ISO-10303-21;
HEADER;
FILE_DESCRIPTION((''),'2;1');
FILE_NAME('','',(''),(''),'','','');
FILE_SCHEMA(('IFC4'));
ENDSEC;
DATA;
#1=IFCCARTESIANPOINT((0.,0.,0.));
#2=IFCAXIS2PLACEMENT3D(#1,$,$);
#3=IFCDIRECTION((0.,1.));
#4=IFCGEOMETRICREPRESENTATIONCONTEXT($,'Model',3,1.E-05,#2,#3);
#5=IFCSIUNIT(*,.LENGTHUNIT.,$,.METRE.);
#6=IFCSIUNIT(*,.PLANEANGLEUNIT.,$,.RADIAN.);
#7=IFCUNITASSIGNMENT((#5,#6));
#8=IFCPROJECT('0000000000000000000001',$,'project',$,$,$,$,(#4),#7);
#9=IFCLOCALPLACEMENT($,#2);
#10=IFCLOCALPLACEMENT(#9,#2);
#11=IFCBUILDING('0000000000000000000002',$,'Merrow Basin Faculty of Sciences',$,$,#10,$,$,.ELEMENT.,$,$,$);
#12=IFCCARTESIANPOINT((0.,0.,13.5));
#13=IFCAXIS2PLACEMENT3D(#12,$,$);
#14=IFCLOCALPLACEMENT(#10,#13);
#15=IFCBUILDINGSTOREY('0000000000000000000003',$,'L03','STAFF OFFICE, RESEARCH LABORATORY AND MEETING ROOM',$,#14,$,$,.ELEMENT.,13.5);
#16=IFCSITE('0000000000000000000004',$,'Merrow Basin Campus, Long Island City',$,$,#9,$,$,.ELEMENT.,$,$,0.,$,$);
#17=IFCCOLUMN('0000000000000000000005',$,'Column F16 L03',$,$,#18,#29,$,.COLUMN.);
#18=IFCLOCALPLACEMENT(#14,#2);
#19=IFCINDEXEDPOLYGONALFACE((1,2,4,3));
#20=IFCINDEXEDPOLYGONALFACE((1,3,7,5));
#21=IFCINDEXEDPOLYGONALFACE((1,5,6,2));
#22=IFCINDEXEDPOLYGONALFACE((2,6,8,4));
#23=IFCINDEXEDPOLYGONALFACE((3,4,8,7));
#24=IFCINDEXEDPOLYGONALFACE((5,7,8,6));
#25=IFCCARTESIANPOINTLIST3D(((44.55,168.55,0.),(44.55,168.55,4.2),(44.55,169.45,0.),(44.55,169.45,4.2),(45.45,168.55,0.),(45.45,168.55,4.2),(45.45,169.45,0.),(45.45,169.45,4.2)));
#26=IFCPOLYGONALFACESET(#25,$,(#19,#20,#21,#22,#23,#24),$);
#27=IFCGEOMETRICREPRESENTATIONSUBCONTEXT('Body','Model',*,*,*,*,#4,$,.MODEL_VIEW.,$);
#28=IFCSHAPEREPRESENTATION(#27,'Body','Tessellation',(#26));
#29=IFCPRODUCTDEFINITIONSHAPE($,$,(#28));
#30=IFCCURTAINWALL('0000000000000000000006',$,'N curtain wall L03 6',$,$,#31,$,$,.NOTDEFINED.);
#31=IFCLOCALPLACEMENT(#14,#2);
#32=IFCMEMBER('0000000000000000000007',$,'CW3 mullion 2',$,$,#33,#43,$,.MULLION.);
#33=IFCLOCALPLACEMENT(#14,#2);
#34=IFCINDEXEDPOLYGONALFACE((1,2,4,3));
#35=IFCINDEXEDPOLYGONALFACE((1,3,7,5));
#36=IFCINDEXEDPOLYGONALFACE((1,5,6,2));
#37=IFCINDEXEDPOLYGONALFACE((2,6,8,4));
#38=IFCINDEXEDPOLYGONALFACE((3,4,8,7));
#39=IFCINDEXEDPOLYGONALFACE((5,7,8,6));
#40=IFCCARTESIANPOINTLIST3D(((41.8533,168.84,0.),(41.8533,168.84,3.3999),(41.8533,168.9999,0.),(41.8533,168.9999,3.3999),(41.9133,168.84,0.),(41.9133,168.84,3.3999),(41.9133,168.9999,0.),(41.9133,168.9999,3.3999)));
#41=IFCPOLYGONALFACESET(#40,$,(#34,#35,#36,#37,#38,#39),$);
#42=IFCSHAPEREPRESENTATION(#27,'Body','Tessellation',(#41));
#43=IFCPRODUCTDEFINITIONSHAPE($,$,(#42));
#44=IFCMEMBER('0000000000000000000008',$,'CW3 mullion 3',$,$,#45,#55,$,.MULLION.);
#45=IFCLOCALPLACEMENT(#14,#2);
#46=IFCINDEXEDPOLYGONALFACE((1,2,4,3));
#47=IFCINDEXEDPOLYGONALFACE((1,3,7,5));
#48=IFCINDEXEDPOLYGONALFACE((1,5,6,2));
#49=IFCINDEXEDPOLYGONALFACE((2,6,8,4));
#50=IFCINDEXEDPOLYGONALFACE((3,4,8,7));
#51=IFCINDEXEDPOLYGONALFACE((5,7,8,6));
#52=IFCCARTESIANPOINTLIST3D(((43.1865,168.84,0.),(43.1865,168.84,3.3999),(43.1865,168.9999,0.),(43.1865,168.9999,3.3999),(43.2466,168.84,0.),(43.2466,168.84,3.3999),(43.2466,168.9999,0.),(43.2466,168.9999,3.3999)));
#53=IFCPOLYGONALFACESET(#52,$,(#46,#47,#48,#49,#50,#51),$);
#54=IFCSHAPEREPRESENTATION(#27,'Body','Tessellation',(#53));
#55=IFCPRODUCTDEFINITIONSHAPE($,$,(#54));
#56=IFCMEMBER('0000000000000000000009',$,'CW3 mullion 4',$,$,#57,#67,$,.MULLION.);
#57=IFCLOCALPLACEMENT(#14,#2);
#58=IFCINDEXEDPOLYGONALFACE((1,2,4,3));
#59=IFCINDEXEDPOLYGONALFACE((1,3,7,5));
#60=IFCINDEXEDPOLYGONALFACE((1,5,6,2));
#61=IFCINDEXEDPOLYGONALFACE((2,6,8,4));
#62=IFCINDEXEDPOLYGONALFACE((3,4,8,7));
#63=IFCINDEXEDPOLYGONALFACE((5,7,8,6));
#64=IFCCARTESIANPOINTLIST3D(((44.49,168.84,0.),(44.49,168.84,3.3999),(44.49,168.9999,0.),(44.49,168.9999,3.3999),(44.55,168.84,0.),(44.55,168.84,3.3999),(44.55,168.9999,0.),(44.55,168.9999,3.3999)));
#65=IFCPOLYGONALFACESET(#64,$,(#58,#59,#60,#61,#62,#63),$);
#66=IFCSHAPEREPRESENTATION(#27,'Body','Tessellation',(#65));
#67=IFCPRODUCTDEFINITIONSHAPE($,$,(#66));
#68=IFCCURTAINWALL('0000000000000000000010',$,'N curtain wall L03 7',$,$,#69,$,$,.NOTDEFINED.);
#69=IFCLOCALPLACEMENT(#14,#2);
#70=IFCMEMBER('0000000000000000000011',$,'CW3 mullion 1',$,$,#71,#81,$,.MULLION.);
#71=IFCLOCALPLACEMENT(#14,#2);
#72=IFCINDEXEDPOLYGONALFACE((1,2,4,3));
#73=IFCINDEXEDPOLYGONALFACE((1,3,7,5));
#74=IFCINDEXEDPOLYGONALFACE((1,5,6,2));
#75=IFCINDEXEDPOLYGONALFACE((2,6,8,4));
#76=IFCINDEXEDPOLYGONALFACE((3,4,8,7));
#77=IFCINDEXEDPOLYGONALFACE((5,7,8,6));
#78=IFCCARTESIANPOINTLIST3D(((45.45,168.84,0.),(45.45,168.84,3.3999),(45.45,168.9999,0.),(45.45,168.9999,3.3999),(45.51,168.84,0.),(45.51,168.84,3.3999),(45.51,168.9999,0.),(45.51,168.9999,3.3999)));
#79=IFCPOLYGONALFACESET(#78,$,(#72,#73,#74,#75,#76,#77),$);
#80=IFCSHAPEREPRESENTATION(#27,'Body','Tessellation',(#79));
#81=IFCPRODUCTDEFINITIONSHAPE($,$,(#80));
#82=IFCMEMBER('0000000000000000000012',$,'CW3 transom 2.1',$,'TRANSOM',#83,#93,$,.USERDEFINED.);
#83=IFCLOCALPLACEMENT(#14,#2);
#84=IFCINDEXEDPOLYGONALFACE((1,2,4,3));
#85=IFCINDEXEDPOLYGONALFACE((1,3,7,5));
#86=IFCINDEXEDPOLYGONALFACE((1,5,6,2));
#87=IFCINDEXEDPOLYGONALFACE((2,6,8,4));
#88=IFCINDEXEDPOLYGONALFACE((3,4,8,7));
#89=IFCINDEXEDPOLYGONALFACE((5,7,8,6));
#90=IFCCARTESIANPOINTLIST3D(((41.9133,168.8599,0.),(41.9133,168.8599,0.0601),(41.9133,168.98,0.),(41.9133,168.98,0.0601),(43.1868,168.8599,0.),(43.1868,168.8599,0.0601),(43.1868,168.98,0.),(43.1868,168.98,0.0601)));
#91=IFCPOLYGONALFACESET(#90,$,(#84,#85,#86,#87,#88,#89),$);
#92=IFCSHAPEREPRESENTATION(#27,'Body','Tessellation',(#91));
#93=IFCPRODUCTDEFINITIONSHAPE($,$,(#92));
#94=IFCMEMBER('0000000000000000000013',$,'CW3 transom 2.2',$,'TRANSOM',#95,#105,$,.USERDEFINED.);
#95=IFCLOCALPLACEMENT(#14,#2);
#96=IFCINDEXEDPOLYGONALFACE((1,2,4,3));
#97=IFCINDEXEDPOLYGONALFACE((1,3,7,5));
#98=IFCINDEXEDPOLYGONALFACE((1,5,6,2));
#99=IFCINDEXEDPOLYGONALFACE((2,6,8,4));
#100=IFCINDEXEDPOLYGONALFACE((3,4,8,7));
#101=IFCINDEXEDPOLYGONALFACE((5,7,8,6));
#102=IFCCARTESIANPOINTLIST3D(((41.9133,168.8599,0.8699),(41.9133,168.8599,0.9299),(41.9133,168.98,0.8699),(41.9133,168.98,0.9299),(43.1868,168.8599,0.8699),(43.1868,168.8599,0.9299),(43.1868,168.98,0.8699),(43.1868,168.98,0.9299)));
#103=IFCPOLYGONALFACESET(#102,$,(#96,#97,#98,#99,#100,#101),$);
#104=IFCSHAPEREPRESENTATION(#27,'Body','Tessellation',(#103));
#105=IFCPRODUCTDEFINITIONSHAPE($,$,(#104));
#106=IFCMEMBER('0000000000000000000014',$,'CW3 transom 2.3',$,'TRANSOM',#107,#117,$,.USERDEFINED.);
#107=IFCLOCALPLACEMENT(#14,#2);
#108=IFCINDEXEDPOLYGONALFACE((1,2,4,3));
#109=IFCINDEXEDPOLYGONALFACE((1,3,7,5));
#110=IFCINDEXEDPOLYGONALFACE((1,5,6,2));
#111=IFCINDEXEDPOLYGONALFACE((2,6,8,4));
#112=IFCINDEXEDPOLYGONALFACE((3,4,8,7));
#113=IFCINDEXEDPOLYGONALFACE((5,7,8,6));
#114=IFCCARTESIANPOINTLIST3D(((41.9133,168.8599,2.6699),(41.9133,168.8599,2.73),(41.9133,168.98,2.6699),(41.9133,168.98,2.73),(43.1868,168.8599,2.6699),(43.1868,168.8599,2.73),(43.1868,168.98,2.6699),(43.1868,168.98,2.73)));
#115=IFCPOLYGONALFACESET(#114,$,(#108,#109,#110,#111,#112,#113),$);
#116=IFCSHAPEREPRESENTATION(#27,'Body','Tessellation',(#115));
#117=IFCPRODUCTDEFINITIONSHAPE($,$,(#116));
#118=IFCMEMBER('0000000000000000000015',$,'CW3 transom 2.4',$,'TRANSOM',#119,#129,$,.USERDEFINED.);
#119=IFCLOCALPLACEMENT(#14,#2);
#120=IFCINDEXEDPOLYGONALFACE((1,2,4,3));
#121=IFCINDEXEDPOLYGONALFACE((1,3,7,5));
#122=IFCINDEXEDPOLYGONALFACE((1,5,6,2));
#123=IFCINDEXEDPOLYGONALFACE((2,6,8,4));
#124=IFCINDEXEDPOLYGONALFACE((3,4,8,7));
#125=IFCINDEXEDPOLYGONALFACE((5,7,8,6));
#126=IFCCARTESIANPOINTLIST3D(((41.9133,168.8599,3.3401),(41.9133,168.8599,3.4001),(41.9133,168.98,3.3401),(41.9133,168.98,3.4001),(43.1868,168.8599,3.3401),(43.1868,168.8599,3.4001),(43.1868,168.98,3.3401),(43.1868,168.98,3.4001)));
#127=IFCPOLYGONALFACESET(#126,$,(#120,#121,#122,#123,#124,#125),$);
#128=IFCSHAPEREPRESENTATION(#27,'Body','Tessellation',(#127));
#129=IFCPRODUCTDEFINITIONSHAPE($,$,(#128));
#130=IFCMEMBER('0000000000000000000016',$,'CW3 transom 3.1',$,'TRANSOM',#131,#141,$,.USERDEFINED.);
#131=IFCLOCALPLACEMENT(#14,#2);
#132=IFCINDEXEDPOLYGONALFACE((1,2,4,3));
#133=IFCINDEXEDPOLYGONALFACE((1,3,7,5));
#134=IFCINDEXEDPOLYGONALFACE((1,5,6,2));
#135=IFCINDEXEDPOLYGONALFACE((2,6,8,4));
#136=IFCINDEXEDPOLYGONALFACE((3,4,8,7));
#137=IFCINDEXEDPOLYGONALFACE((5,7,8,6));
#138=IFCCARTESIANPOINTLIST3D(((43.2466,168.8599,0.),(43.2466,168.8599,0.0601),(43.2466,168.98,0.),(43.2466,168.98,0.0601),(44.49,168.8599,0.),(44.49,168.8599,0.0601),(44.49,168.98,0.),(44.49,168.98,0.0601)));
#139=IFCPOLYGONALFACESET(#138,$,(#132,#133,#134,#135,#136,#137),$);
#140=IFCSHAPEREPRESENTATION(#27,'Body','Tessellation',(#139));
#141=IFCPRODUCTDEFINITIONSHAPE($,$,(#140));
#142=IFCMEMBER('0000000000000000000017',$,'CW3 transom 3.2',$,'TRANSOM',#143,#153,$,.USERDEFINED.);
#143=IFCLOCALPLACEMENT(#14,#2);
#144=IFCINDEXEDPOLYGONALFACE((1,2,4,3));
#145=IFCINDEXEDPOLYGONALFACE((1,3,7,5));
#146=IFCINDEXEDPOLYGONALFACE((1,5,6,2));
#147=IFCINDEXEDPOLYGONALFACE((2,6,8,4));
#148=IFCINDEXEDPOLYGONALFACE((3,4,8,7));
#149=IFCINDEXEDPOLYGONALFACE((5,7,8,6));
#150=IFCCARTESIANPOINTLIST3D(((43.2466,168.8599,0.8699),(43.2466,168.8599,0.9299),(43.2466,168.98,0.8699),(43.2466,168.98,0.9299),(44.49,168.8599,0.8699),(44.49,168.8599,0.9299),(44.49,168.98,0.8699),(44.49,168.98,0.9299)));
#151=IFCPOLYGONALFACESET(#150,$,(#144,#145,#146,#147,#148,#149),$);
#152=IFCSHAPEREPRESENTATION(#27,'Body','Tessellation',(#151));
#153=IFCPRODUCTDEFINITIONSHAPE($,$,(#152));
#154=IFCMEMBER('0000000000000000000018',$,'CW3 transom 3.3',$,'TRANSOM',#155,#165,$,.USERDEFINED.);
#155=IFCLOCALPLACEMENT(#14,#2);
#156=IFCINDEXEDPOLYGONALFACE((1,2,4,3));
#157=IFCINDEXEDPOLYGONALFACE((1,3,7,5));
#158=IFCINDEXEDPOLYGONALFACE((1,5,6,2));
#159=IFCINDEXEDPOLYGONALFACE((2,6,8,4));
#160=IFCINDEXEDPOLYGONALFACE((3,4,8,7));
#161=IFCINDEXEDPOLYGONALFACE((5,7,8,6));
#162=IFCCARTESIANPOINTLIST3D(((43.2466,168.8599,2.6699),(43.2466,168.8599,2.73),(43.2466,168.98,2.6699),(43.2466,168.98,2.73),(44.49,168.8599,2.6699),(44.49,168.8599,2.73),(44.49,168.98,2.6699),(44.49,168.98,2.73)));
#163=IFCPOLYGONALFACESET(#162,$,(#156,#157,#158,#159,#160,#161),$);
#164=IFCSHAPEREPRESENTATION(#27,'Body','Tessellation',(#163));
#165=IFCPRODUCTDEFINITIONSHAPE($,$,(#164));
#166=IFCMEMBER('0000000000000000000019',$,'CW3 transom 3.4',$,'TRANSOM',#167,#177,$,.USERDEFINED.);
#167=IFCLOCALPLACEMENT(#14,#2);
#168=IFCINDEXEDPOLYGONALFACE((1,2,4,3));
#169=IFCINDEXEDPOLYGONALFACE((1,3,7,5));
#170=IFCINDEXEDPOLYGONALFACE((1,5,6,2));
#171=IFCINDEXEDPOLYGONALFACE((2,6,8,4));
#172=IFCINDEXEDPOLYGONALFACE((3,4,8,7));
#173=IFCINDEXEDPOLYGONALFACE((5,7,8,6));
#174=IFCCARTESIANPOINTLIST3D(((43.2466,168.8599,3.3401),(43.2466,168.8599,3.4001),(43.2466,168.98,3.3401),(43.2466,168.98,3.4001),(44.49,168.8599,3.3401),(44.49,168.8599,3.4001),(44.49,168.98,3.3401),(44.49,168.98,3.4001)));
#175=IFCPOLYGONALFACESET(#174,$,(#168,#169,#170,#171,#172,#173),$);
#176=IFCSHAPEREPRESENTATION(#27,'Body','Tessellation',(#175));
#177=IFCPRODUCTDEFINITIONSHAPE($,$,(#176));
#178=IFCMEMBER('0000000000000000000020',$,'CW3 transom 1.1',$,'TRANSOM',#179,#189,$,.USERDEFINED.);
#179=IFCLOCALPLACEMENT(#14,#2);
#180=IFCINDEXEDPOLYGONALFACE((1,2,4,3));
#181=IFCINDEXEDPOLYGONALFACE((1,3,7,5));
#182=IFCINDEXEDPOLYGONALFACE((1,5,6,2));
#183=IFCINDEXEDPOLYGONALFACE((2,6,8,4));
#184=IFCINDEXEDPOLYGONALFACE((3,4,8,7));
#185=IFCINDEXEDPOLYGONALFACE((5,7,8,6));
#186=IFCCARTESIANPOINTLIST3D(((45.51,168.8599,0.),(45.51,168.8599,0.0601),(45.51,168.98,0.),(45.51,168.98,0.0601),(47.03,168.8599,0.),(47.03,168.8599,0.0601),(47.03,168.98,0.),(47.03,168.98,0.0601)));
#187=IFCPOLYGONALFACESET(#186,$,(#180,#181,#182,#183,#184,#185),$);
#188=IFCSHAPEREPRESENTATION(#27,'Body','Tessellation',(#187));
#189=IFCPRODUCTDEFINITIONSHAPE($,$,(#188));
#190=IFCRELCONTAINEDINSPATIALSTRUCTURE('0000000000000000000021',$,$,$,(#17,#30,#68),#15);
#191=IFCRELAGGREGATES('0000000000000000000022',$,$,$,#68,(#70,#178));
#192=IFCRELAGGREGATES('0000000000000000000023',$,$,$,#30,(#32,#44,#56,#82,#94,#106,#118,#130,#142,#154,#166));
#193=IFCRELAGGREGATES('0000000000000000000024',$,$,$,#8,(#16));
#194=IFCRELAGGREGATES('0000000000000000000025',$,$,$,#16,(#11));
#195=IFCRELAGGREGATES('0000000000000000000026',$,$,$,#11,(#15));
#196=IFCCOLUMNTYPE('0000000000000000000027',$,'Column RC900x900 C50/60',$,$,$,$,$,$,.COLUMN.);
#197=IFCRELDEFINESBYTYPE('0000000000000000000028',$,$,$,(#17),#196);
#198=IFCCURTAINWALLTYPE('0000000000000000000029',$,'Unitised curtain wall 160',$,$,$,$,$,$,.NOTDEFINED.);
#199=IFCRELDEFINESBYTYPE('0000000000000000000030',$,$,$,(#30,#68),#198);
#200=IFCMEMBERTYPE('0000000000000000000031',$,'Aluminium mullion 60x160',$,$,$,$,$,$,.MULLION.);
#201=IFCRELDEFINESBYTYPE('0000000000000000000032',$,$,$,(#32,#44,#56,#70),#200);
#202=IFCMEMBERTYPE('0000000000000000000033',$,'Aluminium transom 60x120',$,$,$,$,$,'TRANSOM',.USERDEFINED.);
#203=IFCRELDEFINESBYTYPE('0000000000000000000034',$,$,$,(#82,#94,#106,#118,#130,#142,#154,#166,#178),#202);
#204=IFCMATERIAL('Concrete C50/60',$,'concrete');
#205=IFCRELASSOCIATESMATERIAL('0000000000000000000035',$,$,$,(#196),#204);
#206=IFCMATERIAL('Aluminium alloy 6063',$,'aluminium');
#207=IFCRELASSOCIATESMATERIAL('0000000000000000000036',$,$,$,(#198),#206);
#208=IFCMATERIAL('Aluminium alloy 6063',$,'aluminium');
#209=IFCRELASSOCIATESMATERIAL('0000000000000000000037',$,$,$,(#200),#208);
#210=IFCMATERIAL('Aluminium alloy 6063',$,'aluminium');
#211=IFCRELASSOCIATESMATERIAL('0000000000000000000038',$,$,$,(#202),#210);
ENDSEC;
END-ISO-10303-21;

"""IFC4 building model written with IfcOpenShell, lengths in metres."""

from ifc_helpers import new_model, si_unit, direction, frame, origin, origin_2d, place, context, subcontext, project, spatial, rectangle, extrude, material, material_profile, profile_set, type_object, element, aggregate, save


model = new_model("IFC4")

# Units and contexts
model_context = context("Model", 3, precision=1e-05, world=origin(), true_north=direction((0.0, 1.0)))
body_context = subcontext(model_context, "Body", "Model", "MODEL_VIEW")
ifc_project = project(units=[si_unit("LENGTHUNIT", "METRE"), si_unit("PLANEANGLEUNIT", "RADIAN")], contexts=[model_context])

# Site, building, storey
site_placement = place(None, origin())
site = spatial("IfcSite", under=ifc_project, at=site_placement, Name="Merrow Basin Campus, Long Island City", CompositionType="ELEMENT", RefElevation=0.0)
building_placement = place(site_placement, origin())
building = spatial("IfcBuilding", under=site, at=building_placement, Name="Merrow Basin Faculty of Sciences", CompositionType="ELEMENT")
storey_placement = place(building_placement, frame((0.0, 0.0, 13.5)))
storey = spatial("IfcBuildingStorey", under=building, at=storey_placement, Name="L03", Description="STAFF OFFICE, RESEARCH LABORATORY AND MEETING ROOM", CompositionType="ELEMENT", Elevation=13.5)

# Column
ifc_material_1 = material(Name="Concrete C50/60", Category="concrete")
ifc_material_profile_1 = material_profile(ifc_material_1, rectangle(XDim=0.8999, YDim=0.8999, at=origin_2d()))
ifc_profile_set_1 = profile_set([ifc_material_profile_1], Name="Concrete C50/60")
column_type = type_object("IfcColumnType", Name="Column RC900x900 C50/60", PredefinedType="COLUMN", material=ifc_profile_set_1)
column_placement = place(storey_placement, frame((45.0, 169.0, 0.0), z_axis=(0.0, 0.0, 1.0), x_axis=(1.0, 0.0, 0.0)))
element("IfcColumn", 1, at=column_placement, inside=storey, type_object=column_type, Name="Column F16 L03", PredefinedType="COLUMN", context=body_context, shape_type="SweptSolid", body=[
    extrude(rectangle(XDim=0.8999, YDim=0.8999, at=origin_2d()), origin(), (0.0, 0.0, 1.0), 4.2),
])

# Curtain wall, members
ifc_material_2 = material(Name="Aluminium alloy 6063", Category="aluminium")
curtain_wall_type = type_object("IfcCurtainWallType", Name="Unitised curtain wall 160", PredefinedType="NOTDEFINED", material=ifc_material_2)
curtain_wall_1_placement = place(storey_placement, origin())
curtain_wall_1 = element("IfcCurtainWall", 2, at=curtain_wall_1_placement, inside=storey, type_object=curtain_wall_type, Name="N curtain wall L03 6", PredefinedType="NOTDEFINED")
ifc_material_3 = material(Name="Aluminium alloy 6063", Category="aluminium")
ifc_material_profile_2 = material_profile(ifc_material_3, rectangle(XDim=0.1599, YDim=0.0601, at=origin_2d()))
ifc_profile_set_2 = profile_set([ifc_material_profile_2], Name="Aluminium alloy 6063")
member_type_1 = type_object("IfcMemberType", Name="Aluminium mullion 60x160", PredefinedType="MULLION", material=ifc_profile_set_2)
member_1_placement = place(storey_placement, frame((41.8833, 168.9199, 0.0), z_axis=(0.0, 0.0, 1.0), x_axis=(0.0, 1.0, 0.0)))
member_1 = element("IfcMember", 3, at=member_1_placement, type_object=member_type_1, Name="CW3 mullion 2", PredefinedType="MULLION", context=body_context, shape_type="SweptSolid", body=[
    extrude(rectangle(XDim=0.1599, YDim=0.0601, at=origin_2d()), origin(), (0.0, 0.0, 1.0), 3.3999),
])
member_2_placement = place(storey_placement, frame((43.2166, 168.9199, 0.0), z_axis=(0.0, 0.0, 1.0), x_axis=(0.0, 1.0, 0.0)))
member_2 = element("IfcMember", 4, at=member_2_placement, type_object=member_type_1, Name="CW3 mullion 3", PredefinedType="MULLION", context=body_context, shape_type="SweptSolid", body=[
    extrude(rectangle(XDim=0.1599, YDim=0.0601, at=origin_2d()), origin(), (0.0, 0.0, 1.0), 3.3999),
])
member_3_placement = place(storey_placement, frame((44.52, 168.9199, 0.0), z_axis=(0.0, 0.0, 1.0), x_axis=(0.0, 1.0, 0.0)))
member_3 = element("IfcMember", 5, at=member_3_placement, type_object=member_type_1, Name="CW3 mullion 4", PredefinedType="MULLION", context=body_context, shape_type="SweptSolid", body=[
    extrude(rectangle(XDim=0.1599, YDim=0.0601, at=origin_2d()), origin(), (0.0, 0.0, 1.0), 3.3999),
])

# Curtain wall, member
curtain_wall_2_placement = place(storey_placement, origin())
curtain_wall_2 = element("IfcCurtainWall", 6, at=curtain_wall_2_placement, inside=storey, type_object=curtain_wall_type, Name="N curtain wall L03 7", PredefinedType="NOTDEFINED")
member_4_placement = place(storey_placement, frame((45.48, 168.9199, 0.0), z_axis=(0.0, 0.0, 1.0), x_axis=(0.0, 1.0, 0.0)))
member_4 = element("IfcMember", 7, at=member_4_placement, type_object=member_type_1, Name="CW3 mullion 1", PredefinedType="MULLION", context=body_context, shape_type="SweptSolid", body=[
    extrude(rectangle(XDim=0.1599, YDim=0.0601, at=origin_2d()), origin(), (0.0, 0.0, 1.0), 3.3999),
])

# Members
ifc_material_4 = material(Name="Aluminium alloy 6063", Category="aluminium")
ifc_material_profile_3 = material_profile(ifc_material_4, rectangle(XDim=0.1201, YDim=0.0601, at=origin_2d()))
ifc_profile_set_3 = profile_set([ifc_material_profile_3], Name="Aluminium alloy 6063")
member_type_2 = type_object("IfcMemberType", Name="Aluminium transom 60x120", ElementType="TRANSOM", PredefinedType="USERDEFINED", material=ifc_profile_set_3)
member_5_placement = place(storey_placement, frame((41.9133, 168.9199, 0.03), z_axis=(1.0, 0.0, 0.0), x_axis=(0.0, 1.0, 0.0)))
member_5 = element("IfcMember", 8, at=member_5_placement, type_object=member_type_2, Name="CW3 transom 2.1", ObjectType="TRANSOM", PredefinedType="USERDEFINED", context=body_context, shape_type="SweptSolid", body=[
    extrude(rectangle(XDim=0.1201, YDim=0.0601, at=origin_2d()), origin(), (0.0, 0.0, 1.0), 1.2734),
])
member_6_placement = place(storey_placement, frame((41.9133, 168.9199, 0.8999), z_axis=(1.0, 0.0, 0.0), x_axis=(0.0, 1.0, 0.0)))
member_6 = element("IfcMember", 9, at=member_6_placement, type_object=member_type_2, Name="CW3 transom 2.2", ObjectType="TRANSOM", PredefinedType="USERDEFINED", context=body_context, shape_type="SweptSolid", body=[
    extrude(rectangle(XDim=0.1201, YDim=0.0601, at=origin_2d()), origin(), (0.0, 0.0, 1.0), 1.2734),
])
member_7_placement = place(storey_placement, frame((41.9133, 168.9199, 2.7), z_axis=(1.0, 0.0, 0.0), x_axis=(0.0, 1.0, 0.0)))
member_7 = element("IfcMember", 10, at=member_7_placement, type_object=member_type_2, Name="CW3 transom 2.3", ObjectType="TRANSOM", PredefinedType="USERDEFINED", context=body_context, shape_type="SweptSolid", body=[
    extrude(rectangle(XDim=0.1201, YDim=0.0601, at=origin_2d()), origin(), (0.0, 0.0, 1.0), 1.2734),
])
member_8_placement = place(storey_placement, frame((41.9133, 168.9199, 3.3701), z_axis=(1.0, 0.0, 0.0), x_axis=(0.0, 1.0, 0.0)))
member_8 = element("IfcMember", 11, at=member_8_placement, type_object=member_type_2, Name="CW3 transom 2.4", ObjectType="TRANSOM", PredefinedType="USERDEFINED", context=body_context, shape_type="SweptSolid", body=[
    extrude(rectangle(XDim=0.1201, YDim=0.0601, at=origin_2d()), origin(), (0.0, 0.0, 1.0), 1.2734),
])
member_9_placement = place(storey_placement, frame((43.2466, 168.9199, 0.03), z_axis=(1.0, 0.0, 0.0), x_axis=(0.0, 1.0, 0.0)))
member_9 = element("IfcMember", 12, at=member_9_placement, type_object=member_type_2, Name="CW3 transom 3.1", ObjectType="TRANSOM", PredefinedType="USERDEFINED", context=body_context, shape_type="SweptSolid", body=[
    extrude(rectangle(XDim=0.1201, YDim=0.0601, at=origin_2d()), origin(), (0.0, 0.0, 1.0), 1.2434),
])
member_10_placement = place(storey_placement, frame((43.2466, 168.9199, 0.8999), z_axis=(1.0, 0.0, 0.0), x_axis=(0.0, 1.0, 0.0)))
member_10 = element("IfcMember", 13, at=member_10_placement, type_object=member_type_2, Name="CW3 transom 3.2", ObjectType="TRANSOM", PredefinedType="USERDEFINED", context=body_context, shape_type="SweptSolid", body=[
    extrude(rectangle(XDim=0.1201, YDim=0.0601, at=origin_2d()), origin(), (0.0, 0.0, 1.0), 1.2434),
])
member_11_placement = place(storey_placement, frame((43.2466, 168.9199, 2.7), z_axis=(1.0, 0.0, 0.0), x_axis=(0.0, 1.0, 0.0)))
member_11 = element("IfcMember", 14, at=member_11_placement, type_object=member_type_2, Name="CW3 transom 3.3", ObjectType="TRANSOM", PredefinedType="USERDEFINED", context=body_context, shape_type="SweptSolid", body=[
    extrude(rectangle(XDim=0.1201, YDim=0.0601, at=origin_2d()), origin(), (0.0, 0.0, 1.0), 1.2434),
])
member_12_placement = place(storey_placement, frame((43.2466, 168.9199, 3.3701), z_axis=(1.0, 0.0, 0.0), x_axis=(0.0, 1.0, 0.0)))
member_12 = element("IfcMember", 15, at=member_12_placement, type_object=member_type_2, Name="CW3 transom 3.4", ObjectType="TRANSOM", PredefinedType="USERDEFINED", context=body_context, shape_type="SweptSolid", body=[
    extrude(rectangle(XDim=0.1201, YDim=0.0601, at=origin_2d()), origin(), (0.0, 0.0, 1.0), 1.2434),
])
member_13_placement = place(storey_placement, frame((45.51, 168.9199, 0.03), z_axis=(1.0, 0.0, 0.0), x_axis=(0.0, 1.0, 0.0)))
member_13 = element("IfcMember", 16, at=member_13_placement, type_object=member_type_2, Name="CW3 transom 1.1", ObjectType="TRANSOM", PredefinedType="USERDEFINED", context=body_context, shape_type="SweptSolid", body=[
    extrude(rectangle(XDim=0.1201, YDim=0.0601, at=origin_2d()), origin(), (0.0, 0.0, 1.0), 1.52),
])
aggregate(curtain_wall_2, [member_4, member_13])

aggregate(curtain_wall_1, [member_1, member_2, member_3, member_5, member_6, member_7, member_8, member_9, member_10, member_11, member_12])

save(model, "model.ifc")
